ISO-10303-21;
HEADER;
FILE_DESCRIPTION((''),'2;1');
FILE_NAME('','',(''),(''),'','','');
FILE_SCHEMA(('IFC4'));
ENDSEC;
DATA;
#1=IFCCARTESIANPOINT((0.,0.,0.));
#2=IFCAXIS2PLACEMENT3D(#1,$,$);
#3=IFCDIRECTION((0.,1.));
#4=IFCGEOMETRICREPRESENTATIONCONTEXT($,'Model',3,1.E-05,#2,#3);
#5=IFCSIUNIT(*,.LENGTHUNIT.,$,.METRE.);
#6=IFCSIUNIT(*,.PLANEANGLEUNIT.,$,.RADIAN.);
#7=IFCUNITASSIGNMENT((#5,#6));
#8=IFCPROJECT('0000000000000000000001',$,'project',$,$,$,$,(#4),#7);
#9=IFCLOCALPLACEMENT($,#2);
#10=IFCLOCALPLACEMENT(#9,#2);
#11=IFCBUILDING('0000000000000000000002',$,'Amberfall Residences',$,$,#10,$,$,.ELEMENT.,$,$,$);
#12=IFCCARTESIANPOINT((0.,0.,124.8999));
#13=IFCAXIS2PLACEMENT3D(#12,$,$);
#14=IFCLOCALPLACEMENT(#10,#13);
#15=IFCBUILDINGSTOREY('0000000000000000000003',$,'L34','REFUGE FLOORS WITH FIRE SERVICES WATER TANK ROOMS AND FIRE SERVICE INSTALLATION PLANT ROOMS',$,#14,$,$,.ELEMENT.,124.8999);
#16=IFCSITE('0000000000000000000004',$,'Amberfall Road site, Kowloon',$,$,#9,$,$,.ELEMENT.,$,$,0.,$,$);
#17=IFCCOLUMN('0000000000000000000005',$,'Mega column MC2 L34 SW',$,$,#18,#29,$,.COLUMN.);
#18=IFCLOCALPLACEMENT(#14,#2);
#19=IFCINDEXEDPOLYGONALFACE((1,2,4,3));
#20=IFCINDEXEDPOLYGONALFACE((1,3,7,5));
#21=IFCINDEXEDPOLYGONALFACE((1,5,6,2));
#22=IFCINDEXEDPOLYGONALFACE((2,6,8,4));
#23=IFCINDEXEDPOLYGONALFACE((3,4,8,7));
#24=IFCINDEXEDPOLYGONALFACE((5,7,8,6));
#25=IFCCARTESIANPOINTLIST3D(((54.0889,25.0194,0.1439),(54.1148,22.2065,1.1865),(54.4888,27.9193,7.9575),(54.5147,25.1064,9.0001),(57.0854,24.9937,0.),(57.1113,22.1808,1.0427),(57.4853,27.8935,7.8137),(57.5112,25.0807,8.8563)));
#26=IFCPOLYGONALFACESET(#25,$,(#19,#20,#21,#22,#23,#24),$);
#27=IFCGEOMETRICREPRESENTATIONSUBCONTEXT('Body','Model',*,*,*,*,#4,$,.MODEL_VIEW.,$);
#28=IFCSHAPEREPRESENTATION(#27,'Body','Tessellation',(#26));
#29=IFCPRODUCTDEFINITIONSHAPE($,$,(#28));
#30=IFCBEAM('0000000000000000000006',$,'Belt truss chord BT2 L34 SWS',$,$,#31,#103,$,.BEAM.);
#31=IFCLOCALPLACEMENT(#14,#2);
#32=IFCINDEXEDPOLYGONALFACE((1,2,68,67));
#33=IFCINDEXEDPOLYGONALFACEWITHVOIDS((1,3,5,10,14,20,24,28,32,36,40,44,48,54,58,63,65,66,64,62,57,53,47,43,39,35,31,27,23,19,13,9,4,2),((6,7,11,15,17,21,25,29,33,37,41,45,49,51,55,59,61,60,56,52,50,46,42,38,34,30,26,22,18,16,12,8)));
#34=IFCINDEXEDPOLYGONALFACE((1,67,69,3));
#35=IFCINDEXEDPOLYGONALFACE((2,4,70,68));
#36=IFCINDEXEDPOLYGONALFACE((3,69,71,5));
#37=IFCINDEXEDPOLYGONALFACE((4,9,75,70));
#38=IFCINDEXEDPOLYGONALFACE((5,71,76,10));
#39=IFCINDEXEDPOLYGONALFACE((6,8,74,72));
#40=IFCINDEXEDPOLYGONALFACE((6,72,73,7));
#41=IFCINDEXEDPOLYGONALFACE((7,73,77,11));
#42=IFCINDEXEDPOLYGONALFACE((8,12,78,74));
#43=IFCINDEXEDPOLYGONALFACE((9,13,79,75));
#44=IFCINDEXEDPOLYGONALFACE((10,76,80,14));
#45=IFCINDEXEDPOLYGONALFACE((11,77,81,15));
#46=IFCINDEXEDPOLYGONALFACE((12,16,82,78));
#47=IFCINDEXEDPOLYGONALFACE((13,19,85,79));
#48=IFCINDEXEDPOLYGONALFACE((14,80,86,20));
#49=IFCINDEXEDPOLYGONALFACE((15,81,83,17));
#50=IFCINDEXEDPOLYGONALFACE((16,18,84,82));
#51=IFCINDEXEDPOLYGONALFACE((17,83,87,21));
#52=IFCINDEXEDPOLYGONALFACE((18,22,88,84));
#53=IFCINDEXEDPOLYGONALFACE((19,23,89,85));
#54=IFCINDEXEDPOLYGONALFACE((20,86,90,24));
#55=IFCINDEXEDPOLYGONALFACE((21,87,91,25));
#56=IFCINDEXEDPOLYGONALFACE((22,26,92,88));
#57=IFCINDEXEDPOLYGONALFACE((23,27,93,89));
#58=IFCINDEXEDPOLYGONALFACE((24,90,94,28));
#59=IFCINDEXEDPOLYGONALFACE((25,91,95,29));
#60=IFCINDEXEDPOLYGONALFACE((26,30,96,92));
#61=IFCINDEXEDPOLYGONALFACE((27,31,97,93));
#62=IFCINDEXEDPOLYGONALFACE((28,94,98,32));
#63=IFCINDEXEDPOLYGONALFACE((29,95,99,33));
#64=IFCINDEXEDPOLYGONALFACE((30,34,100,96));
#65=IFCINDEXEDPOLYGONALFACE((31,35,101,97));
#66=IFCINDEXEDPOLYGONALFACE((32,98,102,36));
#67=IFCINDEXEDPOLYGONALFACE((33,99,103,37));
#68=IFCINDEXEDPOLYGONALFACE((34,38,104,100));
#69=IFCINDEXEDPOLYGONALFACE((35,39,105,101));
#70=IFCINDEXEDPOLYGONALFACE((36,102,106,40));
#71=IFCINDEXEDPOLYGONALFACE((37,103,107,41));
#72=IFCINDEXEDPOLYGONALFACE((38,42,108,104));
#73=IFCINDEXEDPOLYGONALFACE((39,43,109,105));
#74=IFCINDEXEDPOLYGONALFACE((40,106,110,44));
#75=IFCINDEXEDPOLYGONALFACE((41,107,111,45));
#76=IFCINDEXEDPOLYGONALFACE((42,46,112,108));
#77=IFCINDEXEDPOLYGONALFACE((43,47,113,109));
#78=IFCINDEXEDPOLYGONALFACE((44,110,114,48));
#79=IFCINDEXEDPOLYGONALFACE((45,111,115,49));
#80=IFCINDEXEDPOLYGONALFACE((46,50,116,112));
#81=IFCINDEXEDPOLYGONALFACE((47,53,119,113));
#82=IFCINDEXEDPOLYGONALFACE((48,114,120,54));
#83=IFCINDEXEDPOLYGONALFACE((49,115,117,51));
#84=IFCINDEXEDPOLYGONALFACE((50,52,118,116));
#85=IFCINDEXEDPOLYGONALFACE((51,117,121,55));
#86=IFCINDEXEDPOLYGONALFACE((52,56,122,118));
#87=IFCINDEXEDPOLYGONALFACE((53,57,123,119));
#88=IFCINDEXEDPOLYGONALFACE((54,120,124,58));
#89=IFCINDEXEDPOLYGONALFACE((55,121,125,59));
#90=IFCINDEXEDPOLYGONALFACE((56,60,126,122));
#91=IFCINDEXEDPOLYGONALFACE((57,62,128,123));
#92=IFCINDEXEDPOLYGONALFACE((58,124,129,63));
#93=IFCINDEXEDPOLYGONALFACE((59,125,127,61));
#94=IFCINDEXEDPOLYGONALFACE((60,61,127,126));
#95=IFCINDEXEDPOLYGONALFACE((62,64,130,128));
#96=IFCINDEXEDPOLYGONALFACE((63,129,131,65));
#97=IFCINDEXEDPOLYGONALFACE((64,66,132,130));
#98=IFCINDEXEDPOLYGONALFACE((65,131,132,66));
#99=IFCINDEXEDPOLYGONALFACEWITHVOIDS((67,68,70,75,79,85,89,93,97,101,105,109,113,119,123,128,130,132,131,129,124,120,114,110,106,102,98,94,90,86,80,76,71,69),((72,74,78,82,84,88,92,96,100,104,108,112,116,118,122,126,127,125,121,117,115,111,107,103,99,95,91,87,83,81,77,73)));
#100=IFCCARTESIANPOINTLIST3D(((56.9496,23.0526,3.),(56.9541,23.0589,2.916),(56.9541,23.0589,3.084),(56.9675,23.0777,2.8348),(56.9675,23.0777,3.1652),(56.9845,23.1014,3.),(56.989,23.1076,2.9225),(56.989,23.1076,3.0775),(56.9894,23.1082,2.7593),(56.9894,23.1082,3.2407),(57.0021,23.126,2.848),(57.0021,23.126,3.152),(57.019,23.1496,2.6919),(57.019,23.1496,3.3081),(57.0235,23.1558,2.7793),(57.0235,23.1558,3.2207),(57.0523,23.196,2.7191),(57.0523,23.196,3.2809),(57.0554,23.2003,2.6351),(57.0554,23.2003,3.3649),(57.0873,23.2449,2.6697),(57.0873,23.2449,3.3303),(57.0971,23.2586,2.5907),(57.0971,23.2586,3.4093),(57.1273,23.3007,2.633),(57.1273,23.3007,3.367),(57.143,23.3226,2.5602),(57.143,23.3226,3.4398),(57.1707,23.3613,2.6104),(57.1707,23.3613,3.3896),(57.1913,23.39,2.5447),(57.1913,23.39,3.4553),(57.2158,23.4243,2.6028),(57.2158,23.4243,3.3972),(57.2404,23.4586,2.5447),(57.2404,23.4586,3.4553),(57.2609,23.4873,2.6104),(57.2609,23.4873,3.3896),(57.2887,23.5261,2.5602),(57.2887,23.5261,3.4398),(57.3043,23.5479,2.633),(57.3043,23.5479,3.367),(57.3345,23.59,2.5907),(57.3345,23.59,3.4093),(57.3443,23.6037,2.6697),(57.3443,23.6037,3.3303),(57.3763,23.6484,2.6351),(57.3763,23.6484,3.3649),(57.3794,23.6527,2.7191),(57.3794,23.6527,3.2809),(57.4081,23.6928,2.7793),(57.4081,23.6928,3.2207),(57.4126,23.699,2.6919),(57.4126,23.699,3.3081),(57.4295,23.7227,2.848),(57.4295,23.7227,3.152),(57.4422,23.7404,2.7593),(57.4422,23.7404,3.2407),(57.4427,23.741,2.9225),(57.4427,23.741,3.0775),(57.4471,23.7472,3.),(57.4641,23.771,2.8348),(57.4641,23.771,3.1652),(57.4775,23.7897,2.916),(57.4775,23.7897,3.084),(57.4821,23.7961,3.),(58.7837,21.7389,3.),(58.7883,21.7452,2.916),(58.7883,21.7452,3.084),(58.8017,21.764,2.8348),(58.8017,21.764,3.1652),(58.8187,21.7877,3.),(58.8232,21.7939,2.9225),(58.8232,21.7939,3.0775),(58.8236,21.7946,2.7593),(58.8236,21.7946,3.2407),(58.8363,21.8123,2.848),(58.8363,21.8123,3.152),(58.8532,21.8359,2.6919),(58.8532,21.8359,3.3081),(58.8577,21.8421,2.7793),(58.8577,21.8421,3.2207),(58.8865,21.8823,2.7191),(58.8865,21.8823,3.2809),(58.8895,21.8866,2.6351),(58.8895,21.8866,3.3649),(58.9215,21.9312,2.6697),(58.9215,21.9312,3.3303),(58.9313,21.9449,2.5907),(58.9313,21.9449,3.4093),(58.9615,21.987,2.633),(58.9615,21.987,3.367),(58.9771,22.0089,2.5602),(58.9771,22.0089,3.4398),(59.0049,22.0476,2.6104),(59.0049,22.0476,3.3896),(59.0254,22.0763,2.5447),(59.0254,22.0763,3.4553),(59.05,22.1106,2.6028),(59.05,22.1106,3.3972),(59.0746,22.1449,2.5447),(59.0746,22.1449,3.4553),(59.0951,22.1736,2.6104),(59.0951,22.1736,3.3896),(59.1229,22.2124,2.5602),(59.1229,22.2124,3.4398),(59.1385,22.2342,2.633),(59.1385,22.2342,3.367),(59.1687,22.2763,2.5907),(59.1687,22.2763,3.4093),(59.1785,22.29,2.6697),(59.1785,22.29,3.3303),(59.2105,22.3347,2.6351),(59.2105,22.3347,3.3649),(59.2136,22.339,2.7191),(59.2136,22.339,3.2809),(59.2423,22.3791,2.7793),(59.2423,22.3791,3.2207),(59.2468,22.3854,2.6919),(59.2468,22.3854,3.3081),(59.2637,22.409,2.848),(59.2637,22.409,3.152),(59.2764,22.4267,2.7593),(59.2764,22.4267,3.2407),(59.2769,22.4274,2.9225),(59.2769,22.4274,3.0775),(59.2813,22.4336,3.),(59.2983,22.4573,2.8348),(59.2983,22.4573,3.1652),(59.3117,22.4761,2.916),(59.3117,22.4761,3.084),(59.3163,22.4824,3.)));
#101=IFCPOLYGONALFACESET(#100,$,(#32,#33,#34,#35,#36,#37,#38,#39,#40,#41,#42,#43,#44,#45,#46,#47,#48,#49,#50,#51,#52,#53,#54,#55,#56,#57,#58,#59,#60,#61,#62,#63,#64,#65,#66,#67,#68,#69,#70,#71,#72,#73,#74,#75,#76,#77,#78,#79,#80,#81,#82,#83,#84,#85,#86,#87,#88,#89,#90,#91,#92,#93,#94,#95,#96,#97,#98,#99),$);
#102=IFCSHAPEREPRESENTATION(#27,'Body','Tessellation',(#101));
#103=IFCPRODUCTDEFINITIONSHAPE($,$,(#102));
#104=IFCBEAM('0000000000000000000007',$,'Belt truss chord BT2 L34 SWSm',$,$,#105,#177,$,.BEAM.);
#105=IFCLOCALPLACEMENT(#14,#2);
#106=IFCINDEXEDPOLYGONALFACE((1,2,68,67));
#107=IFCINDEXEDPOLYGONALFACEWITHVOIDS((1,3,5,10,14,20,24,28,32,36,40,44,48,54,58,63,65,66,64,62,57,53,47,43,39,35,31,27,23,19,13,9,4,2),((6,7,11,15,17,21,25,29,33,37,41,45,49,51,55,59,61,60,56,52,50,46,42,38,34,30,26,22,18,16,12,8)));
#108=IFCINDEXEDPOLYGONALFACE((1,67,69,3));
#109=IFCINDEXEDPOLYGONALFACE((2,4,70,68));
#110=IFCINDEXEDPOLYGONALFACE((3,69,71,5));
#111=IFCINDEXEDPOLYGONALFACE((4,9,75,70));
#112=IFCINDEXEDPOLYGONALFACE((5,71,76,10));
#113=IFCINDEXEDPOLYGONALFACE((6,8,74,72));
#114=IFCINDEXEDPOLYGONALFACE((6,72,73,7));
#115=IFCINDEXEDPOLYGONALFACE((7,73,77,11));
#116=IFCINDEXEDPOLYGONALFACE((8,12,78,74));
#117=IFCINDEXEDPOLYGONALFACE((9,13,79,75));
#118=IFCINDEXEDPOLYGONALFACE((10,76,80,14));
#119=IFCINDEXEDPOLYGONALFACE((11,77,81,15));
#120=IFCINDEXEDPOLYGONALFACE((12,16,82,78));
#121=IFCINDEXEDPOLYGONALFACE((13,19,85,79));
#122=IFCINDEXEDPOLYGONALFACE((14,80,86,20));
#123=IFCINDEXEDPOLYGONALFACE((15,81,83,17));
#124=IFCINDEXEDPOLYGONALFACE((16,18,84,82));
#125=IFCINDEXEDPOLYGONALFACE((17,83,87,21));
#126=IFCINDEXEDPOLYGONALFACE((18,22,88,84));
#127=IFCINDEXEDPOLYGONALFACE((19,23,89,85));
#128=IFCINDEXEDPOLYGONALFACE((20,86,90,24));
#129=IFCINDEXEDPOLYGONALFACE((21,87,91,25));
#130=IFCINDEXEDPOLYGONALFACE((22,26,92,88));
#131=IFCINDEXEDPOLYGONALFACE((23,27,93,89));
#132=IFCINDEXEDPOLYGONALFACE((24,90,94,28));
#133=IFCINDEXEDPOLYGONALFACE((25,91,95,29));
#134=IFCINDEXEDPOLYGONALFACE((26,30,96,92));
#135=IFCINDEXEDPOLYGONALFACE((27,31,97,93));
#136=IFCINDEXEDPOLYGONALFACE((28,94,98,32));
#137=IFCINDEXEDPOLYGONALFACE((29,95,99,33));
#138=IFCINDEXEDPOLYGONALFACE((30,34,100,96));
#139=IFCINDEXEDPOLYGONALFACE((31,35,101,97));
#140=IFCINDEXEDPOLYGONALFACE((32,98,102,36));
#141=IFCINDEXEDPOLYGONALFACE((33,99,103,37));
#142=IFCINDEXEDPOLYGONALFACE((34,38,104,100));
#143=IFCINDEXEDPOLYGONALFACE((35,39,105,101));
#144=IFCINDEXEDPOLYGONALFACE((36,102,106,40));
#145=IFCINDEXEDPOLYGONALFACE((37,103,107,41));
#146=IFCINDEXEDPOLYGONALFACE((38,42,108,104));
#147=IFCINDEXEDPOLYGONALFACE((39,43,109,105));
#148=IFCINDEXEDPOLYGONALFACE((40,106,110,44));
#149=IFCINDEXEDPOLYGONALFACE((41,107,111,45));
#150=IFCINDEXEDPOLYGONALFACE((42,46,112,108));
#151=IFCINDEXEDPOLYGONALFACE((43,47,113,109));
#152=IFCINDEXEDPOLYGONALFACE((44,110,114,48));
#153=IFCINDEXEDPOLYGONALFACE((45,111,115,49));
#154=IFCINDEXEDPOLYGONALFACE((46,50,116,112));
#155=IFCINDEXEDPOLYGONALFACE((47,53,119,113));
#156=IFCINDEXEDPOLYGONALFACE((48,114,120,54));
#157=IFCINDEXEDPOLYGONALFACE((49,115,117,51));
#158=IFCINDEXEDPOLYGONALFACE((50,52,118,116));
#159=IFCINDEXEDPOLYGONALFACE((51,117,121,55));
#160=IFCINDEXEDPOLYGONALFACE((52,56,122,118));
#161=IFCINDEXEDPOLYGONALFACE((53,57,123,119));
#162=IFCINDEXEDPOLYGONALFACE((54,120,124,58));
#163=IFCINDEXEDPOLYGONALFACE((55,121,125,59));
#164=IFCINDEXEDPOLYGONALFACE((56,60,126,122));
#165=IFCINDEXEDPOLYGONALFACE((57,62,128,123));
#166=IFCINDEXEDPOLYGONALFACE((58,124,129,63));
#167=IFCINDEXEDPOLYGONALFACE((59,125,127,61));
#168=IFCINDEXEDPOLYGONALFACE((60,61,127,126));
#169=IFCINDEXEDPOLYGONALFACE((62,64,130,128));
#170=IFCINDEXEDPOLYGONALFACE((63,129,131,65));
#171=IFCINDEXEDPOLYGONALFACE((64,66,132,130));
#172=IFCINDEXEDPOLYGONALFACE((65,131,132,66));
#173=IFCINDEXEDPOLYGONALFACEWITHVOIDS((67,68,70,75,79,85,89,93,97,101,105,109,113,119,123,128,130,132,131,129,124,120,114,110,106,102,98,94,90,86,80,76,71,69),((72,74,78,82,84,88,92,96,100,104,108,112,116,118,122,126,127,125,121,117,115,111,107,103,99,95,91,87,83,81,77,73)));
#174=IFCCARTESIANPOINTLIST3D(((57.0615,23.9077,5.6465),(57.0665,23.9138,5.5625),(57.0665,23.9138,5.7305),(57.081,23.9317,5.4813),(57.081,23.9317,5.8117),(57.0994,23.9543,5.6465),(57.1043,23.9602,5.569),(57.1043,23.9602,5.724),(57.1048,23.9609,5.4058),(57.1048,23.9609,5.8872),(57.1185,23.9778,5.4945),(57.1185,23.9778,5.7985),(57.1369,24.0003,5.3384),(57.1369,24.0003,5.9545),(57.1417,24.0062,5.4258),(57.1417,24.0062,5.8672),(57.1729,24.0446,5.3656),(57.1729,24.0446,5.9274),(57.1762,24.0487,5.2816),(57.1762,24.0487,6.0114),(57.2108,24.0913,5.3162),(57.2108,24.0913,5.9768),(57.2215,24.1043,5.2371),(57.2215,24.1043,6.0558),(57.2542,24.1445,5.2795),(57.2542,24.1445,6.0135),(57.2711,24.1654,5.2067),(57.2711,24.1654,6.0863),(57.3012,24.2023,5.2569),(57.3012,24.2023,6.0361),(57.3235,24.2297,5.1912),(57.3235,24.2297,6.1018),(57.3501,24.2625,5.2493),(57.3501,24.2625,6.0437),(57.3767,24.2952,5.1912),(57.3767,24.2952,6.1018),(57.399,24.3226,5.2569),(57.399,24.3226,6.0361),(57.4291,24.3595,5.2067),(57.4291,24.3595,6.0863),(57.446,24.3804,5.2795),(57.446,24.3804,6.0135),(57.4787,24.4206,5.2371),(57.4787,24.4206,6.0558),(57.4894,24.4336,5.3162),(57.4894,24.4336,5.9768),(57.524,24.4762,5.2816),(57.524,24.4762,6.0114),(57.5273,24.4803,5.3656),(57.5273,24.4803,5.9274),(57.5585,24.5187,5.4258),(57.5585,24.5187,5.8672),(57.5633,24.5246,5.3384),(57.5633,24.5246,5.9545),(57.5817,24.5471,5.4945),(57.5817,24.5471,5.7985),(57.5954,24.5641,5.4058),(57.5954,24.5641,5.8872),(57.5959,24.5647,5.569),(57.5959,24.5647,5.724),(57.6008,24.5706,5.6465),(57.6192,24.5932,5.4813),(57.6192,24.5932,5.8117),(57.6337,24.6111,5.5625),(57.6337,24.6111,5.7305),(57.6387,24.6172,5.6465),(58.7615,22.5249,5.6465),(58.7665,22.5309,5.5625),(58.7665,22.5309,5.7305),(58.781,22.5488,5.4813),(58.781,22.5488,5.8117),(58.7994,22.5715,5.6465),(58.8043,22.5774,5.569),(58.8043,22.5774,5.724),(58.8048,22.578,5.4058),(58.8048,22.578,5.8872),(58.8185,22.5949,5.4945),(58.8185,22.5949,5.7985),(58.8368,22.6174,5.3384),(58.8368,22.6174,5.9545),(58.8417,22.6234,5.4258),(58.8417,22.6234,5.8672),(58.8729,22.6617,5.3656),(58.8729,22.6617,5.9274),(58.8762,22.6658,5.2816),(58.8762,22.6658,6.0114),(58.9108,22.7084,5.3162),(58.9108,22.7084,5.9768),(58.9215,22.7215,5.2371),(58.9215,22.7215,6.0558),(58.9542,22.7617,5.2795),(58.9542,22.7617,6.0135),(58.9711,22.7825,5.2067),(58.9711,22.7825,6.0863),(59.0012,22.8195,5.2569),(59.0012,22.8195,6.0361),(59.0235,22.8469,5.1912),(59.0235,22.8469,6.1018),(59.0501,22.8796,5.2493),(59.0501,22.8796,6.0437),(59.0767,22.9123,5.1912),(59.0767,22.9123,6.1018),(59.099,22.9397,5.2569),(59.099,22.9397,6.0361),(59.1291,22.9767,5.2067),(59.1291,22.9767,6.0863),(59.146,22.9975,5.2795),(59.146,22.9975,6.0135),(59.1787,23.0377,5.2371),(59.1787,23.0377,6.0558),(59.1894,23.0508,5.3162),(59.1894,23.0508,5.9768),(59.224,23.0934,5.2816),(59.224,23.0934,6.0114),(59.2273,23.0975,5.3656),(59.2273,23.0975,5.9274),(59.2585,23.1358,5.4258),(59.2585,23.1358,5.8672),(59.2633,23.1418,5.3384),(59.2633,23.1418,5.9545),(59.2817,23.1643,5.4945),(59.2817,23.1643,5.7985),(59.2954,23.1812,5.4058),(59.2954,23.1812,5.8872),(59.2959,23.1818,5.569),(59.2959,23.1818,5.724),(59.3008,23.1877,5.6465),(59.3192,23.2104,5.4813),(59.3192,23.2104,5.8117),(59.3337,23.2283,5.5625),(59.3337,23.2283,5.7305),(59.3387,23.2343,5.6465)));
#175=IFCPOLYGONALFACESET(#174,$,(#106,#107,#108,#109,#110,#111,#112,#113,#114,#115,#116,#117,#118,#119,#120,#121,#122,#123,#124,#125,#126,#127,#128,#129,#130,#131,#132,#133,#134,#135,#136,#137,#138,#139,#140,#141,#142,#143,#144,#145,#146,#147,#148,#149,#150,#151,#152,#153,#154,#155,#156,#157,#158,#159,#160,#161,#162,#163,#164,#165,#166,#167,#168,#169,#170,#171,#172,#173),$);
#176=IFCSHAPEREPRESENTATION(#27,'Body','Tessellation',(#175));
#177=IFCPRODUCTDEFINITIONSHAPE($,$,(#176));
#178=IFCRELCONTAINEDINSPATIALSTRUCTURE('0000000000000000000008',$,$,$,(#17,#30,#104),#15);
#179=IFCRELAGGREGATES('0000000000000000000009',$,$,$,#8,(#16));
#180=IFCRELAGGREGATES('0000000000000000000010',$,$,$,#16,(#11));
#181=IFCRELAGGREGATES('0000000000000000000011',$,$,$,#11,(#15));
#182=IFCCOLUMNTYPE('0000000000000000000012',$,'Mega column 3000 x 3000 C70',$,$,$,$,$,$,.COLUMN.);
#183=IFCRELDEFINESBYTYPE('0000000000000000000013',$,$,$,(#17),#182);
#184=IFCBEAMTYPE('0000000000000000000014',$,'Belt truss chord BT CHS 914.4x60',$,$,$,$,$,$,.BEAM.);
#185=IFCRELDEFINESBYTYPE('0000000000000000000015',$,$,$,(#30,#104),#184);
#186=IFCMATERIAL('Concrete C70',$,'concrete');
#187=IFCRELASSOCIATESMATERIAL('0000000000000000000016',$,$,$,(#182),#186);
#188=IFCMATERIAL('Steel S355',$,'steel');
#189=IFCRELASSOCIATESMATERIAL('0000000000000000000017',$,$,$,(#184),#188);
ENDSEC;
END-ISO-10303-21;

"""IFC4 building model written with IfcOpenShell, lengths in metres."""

from ifc_helpers import new_model, si_unit, direction, frame, origin, origin_2d, place, context, subcontext, project, spatial, rectangle, hollow_circle, extrude, material, material_profile, profile_set, type_object, element, save


model = new_model("IFC4")

# Units and contexts
model_context = context("Model", 3, precision=1e-05, world=origin(), true_north=direction((0.0, 1.0)))
body_context = subcontext(model_context, "Body", "Model", "MODEL_VIEW")
ifc_project = project(units=[si_unit("LENGTHUNIT", "METRE"), si_unit("PLANEANGLEUNIT", "RADIAN")], contexts=[model_context])

# Site, building, storey
site_placement = place(None, origin())
site = spatial("IfcSite", under=ifc_project, at=site_placement, Name="Amberfall Road site, Kowloon", CompositionType="ELEMENT", RefElevation=0.0)
building_placement = place(site_placement, origin())
building = spatial("IfcBuilding", under=site, at=building_placement, Name="Amberfall Residences", CompositionType="ELEMENT")
storey_placement = place(building_placement, frame((0.0, 0.0, 124.8999)))
storey = spatial("IfcBuildingStorey", under=building, at=storey_placement, Name="L34", Description="REFUGE FLOORS WITH FIRE SERVICES WATER TANK ROOMS AND FIRE SERVICE INSTALLATION PLANT ROOMS", CompositionType="ELEMENT", Elevation=124.8999)

# Column
ifc_material_1 = material(Name="Concrete C70", Category="concrete")
ifc_material_profile_1 = material_profile(ifc_material_1, rectangle(XDim=3.0, YDim=3.0, at=origin_2d()), Name="Mega column 3000 x 3000 C70")
ifc_profile_set_1 = profile_set([ifc_material_profile_1], Name="Concrete C70")
column_type = type_object("IfcColumnType", Name="Mega column 3000 x 3000 C70", PredefinedType="COLUMN", material=ifc_profile_set_1)
column_placement = place(storey_placement, frame((55.6001, 23.6001, 0.5933), z_axis=(0.047927, 0.34754, 0.936439), x_axis=(-0.998814, 0.008575, 0.047936)))
element("IfcColumn", 1, at=column_placement, inside=storey, type_object=column_type, Name="Mega column MC2 L34 SW", PredefinedType="COLUMN", context=body_context, shape_type="SweptSolid", body=[
    extrude(rectangle(XDim=3.0, YDim=3.0, at=origin_2d()), origin(), (0.0, 0.0, 1.0), 8.344),
])

# Beams
ifc_material_2 = material(Name="Steel S355", Category="steel")
ifc_material_profile_2 = material_profile(ifc_material_2, hollow_circle(Radius=0.4573, WallThickness=0.0601, at=origin_2d()), Name="CHS 914.4x60")
ifc_profile_set_2 = profile_set([ifc_material_profile_2], Name="Steel S355")
beam_type_1 = type_object("IfcBeamType", Name="Belt truss chord BT CHS 914.4x60", PredefinedType="BEAM", material=ifc_profile_set_2)
beam_1_placement = place(storey_placement, frame((57.2158, 23.4243, 3.0), z_axis=(0.812987, -0.582282, 0.0), x_axis=(0.582282, 0.812987, 0.0)))
element("IfcBeam", 2, at=beam_1_placement, inside=storey, type_object=beam_type_1, Name="Belt truss chord BT2 L34 SWS", PredefinedType="BEAM", context=body_context, shape_type="SweptSolid", body=[
    extrude(hollow_circle(Radius=0.4573, WallThickness=0.0601, at=origin_2d()), origin(), (0.0, 0.0, 1.0), 2.2561),
])
beam_2_placement = place(storey_placement, frame((57.3501, 24.2625, 5.6465), z_axis=(0.775756, -0.631033, 0.0), x_axis=(0.631033, 0.775756, 0.0)))
element("IfcBeam", 3, at=beam_2_placement, inside=storey, type_object=beam_type_1, Name="Belt truss chord BT2 L34 SWSm", PredefinedType="BEAM", context=body_context, shape_type="SweptSolid", body=[
    extrude(hollow_circle(Radius=0.4573, WallThickness=0.0601, at=origin_2d()), origin(), (0.0, 0.0, 1.0), 2.1914),
])

save(model, "model.ifc")
